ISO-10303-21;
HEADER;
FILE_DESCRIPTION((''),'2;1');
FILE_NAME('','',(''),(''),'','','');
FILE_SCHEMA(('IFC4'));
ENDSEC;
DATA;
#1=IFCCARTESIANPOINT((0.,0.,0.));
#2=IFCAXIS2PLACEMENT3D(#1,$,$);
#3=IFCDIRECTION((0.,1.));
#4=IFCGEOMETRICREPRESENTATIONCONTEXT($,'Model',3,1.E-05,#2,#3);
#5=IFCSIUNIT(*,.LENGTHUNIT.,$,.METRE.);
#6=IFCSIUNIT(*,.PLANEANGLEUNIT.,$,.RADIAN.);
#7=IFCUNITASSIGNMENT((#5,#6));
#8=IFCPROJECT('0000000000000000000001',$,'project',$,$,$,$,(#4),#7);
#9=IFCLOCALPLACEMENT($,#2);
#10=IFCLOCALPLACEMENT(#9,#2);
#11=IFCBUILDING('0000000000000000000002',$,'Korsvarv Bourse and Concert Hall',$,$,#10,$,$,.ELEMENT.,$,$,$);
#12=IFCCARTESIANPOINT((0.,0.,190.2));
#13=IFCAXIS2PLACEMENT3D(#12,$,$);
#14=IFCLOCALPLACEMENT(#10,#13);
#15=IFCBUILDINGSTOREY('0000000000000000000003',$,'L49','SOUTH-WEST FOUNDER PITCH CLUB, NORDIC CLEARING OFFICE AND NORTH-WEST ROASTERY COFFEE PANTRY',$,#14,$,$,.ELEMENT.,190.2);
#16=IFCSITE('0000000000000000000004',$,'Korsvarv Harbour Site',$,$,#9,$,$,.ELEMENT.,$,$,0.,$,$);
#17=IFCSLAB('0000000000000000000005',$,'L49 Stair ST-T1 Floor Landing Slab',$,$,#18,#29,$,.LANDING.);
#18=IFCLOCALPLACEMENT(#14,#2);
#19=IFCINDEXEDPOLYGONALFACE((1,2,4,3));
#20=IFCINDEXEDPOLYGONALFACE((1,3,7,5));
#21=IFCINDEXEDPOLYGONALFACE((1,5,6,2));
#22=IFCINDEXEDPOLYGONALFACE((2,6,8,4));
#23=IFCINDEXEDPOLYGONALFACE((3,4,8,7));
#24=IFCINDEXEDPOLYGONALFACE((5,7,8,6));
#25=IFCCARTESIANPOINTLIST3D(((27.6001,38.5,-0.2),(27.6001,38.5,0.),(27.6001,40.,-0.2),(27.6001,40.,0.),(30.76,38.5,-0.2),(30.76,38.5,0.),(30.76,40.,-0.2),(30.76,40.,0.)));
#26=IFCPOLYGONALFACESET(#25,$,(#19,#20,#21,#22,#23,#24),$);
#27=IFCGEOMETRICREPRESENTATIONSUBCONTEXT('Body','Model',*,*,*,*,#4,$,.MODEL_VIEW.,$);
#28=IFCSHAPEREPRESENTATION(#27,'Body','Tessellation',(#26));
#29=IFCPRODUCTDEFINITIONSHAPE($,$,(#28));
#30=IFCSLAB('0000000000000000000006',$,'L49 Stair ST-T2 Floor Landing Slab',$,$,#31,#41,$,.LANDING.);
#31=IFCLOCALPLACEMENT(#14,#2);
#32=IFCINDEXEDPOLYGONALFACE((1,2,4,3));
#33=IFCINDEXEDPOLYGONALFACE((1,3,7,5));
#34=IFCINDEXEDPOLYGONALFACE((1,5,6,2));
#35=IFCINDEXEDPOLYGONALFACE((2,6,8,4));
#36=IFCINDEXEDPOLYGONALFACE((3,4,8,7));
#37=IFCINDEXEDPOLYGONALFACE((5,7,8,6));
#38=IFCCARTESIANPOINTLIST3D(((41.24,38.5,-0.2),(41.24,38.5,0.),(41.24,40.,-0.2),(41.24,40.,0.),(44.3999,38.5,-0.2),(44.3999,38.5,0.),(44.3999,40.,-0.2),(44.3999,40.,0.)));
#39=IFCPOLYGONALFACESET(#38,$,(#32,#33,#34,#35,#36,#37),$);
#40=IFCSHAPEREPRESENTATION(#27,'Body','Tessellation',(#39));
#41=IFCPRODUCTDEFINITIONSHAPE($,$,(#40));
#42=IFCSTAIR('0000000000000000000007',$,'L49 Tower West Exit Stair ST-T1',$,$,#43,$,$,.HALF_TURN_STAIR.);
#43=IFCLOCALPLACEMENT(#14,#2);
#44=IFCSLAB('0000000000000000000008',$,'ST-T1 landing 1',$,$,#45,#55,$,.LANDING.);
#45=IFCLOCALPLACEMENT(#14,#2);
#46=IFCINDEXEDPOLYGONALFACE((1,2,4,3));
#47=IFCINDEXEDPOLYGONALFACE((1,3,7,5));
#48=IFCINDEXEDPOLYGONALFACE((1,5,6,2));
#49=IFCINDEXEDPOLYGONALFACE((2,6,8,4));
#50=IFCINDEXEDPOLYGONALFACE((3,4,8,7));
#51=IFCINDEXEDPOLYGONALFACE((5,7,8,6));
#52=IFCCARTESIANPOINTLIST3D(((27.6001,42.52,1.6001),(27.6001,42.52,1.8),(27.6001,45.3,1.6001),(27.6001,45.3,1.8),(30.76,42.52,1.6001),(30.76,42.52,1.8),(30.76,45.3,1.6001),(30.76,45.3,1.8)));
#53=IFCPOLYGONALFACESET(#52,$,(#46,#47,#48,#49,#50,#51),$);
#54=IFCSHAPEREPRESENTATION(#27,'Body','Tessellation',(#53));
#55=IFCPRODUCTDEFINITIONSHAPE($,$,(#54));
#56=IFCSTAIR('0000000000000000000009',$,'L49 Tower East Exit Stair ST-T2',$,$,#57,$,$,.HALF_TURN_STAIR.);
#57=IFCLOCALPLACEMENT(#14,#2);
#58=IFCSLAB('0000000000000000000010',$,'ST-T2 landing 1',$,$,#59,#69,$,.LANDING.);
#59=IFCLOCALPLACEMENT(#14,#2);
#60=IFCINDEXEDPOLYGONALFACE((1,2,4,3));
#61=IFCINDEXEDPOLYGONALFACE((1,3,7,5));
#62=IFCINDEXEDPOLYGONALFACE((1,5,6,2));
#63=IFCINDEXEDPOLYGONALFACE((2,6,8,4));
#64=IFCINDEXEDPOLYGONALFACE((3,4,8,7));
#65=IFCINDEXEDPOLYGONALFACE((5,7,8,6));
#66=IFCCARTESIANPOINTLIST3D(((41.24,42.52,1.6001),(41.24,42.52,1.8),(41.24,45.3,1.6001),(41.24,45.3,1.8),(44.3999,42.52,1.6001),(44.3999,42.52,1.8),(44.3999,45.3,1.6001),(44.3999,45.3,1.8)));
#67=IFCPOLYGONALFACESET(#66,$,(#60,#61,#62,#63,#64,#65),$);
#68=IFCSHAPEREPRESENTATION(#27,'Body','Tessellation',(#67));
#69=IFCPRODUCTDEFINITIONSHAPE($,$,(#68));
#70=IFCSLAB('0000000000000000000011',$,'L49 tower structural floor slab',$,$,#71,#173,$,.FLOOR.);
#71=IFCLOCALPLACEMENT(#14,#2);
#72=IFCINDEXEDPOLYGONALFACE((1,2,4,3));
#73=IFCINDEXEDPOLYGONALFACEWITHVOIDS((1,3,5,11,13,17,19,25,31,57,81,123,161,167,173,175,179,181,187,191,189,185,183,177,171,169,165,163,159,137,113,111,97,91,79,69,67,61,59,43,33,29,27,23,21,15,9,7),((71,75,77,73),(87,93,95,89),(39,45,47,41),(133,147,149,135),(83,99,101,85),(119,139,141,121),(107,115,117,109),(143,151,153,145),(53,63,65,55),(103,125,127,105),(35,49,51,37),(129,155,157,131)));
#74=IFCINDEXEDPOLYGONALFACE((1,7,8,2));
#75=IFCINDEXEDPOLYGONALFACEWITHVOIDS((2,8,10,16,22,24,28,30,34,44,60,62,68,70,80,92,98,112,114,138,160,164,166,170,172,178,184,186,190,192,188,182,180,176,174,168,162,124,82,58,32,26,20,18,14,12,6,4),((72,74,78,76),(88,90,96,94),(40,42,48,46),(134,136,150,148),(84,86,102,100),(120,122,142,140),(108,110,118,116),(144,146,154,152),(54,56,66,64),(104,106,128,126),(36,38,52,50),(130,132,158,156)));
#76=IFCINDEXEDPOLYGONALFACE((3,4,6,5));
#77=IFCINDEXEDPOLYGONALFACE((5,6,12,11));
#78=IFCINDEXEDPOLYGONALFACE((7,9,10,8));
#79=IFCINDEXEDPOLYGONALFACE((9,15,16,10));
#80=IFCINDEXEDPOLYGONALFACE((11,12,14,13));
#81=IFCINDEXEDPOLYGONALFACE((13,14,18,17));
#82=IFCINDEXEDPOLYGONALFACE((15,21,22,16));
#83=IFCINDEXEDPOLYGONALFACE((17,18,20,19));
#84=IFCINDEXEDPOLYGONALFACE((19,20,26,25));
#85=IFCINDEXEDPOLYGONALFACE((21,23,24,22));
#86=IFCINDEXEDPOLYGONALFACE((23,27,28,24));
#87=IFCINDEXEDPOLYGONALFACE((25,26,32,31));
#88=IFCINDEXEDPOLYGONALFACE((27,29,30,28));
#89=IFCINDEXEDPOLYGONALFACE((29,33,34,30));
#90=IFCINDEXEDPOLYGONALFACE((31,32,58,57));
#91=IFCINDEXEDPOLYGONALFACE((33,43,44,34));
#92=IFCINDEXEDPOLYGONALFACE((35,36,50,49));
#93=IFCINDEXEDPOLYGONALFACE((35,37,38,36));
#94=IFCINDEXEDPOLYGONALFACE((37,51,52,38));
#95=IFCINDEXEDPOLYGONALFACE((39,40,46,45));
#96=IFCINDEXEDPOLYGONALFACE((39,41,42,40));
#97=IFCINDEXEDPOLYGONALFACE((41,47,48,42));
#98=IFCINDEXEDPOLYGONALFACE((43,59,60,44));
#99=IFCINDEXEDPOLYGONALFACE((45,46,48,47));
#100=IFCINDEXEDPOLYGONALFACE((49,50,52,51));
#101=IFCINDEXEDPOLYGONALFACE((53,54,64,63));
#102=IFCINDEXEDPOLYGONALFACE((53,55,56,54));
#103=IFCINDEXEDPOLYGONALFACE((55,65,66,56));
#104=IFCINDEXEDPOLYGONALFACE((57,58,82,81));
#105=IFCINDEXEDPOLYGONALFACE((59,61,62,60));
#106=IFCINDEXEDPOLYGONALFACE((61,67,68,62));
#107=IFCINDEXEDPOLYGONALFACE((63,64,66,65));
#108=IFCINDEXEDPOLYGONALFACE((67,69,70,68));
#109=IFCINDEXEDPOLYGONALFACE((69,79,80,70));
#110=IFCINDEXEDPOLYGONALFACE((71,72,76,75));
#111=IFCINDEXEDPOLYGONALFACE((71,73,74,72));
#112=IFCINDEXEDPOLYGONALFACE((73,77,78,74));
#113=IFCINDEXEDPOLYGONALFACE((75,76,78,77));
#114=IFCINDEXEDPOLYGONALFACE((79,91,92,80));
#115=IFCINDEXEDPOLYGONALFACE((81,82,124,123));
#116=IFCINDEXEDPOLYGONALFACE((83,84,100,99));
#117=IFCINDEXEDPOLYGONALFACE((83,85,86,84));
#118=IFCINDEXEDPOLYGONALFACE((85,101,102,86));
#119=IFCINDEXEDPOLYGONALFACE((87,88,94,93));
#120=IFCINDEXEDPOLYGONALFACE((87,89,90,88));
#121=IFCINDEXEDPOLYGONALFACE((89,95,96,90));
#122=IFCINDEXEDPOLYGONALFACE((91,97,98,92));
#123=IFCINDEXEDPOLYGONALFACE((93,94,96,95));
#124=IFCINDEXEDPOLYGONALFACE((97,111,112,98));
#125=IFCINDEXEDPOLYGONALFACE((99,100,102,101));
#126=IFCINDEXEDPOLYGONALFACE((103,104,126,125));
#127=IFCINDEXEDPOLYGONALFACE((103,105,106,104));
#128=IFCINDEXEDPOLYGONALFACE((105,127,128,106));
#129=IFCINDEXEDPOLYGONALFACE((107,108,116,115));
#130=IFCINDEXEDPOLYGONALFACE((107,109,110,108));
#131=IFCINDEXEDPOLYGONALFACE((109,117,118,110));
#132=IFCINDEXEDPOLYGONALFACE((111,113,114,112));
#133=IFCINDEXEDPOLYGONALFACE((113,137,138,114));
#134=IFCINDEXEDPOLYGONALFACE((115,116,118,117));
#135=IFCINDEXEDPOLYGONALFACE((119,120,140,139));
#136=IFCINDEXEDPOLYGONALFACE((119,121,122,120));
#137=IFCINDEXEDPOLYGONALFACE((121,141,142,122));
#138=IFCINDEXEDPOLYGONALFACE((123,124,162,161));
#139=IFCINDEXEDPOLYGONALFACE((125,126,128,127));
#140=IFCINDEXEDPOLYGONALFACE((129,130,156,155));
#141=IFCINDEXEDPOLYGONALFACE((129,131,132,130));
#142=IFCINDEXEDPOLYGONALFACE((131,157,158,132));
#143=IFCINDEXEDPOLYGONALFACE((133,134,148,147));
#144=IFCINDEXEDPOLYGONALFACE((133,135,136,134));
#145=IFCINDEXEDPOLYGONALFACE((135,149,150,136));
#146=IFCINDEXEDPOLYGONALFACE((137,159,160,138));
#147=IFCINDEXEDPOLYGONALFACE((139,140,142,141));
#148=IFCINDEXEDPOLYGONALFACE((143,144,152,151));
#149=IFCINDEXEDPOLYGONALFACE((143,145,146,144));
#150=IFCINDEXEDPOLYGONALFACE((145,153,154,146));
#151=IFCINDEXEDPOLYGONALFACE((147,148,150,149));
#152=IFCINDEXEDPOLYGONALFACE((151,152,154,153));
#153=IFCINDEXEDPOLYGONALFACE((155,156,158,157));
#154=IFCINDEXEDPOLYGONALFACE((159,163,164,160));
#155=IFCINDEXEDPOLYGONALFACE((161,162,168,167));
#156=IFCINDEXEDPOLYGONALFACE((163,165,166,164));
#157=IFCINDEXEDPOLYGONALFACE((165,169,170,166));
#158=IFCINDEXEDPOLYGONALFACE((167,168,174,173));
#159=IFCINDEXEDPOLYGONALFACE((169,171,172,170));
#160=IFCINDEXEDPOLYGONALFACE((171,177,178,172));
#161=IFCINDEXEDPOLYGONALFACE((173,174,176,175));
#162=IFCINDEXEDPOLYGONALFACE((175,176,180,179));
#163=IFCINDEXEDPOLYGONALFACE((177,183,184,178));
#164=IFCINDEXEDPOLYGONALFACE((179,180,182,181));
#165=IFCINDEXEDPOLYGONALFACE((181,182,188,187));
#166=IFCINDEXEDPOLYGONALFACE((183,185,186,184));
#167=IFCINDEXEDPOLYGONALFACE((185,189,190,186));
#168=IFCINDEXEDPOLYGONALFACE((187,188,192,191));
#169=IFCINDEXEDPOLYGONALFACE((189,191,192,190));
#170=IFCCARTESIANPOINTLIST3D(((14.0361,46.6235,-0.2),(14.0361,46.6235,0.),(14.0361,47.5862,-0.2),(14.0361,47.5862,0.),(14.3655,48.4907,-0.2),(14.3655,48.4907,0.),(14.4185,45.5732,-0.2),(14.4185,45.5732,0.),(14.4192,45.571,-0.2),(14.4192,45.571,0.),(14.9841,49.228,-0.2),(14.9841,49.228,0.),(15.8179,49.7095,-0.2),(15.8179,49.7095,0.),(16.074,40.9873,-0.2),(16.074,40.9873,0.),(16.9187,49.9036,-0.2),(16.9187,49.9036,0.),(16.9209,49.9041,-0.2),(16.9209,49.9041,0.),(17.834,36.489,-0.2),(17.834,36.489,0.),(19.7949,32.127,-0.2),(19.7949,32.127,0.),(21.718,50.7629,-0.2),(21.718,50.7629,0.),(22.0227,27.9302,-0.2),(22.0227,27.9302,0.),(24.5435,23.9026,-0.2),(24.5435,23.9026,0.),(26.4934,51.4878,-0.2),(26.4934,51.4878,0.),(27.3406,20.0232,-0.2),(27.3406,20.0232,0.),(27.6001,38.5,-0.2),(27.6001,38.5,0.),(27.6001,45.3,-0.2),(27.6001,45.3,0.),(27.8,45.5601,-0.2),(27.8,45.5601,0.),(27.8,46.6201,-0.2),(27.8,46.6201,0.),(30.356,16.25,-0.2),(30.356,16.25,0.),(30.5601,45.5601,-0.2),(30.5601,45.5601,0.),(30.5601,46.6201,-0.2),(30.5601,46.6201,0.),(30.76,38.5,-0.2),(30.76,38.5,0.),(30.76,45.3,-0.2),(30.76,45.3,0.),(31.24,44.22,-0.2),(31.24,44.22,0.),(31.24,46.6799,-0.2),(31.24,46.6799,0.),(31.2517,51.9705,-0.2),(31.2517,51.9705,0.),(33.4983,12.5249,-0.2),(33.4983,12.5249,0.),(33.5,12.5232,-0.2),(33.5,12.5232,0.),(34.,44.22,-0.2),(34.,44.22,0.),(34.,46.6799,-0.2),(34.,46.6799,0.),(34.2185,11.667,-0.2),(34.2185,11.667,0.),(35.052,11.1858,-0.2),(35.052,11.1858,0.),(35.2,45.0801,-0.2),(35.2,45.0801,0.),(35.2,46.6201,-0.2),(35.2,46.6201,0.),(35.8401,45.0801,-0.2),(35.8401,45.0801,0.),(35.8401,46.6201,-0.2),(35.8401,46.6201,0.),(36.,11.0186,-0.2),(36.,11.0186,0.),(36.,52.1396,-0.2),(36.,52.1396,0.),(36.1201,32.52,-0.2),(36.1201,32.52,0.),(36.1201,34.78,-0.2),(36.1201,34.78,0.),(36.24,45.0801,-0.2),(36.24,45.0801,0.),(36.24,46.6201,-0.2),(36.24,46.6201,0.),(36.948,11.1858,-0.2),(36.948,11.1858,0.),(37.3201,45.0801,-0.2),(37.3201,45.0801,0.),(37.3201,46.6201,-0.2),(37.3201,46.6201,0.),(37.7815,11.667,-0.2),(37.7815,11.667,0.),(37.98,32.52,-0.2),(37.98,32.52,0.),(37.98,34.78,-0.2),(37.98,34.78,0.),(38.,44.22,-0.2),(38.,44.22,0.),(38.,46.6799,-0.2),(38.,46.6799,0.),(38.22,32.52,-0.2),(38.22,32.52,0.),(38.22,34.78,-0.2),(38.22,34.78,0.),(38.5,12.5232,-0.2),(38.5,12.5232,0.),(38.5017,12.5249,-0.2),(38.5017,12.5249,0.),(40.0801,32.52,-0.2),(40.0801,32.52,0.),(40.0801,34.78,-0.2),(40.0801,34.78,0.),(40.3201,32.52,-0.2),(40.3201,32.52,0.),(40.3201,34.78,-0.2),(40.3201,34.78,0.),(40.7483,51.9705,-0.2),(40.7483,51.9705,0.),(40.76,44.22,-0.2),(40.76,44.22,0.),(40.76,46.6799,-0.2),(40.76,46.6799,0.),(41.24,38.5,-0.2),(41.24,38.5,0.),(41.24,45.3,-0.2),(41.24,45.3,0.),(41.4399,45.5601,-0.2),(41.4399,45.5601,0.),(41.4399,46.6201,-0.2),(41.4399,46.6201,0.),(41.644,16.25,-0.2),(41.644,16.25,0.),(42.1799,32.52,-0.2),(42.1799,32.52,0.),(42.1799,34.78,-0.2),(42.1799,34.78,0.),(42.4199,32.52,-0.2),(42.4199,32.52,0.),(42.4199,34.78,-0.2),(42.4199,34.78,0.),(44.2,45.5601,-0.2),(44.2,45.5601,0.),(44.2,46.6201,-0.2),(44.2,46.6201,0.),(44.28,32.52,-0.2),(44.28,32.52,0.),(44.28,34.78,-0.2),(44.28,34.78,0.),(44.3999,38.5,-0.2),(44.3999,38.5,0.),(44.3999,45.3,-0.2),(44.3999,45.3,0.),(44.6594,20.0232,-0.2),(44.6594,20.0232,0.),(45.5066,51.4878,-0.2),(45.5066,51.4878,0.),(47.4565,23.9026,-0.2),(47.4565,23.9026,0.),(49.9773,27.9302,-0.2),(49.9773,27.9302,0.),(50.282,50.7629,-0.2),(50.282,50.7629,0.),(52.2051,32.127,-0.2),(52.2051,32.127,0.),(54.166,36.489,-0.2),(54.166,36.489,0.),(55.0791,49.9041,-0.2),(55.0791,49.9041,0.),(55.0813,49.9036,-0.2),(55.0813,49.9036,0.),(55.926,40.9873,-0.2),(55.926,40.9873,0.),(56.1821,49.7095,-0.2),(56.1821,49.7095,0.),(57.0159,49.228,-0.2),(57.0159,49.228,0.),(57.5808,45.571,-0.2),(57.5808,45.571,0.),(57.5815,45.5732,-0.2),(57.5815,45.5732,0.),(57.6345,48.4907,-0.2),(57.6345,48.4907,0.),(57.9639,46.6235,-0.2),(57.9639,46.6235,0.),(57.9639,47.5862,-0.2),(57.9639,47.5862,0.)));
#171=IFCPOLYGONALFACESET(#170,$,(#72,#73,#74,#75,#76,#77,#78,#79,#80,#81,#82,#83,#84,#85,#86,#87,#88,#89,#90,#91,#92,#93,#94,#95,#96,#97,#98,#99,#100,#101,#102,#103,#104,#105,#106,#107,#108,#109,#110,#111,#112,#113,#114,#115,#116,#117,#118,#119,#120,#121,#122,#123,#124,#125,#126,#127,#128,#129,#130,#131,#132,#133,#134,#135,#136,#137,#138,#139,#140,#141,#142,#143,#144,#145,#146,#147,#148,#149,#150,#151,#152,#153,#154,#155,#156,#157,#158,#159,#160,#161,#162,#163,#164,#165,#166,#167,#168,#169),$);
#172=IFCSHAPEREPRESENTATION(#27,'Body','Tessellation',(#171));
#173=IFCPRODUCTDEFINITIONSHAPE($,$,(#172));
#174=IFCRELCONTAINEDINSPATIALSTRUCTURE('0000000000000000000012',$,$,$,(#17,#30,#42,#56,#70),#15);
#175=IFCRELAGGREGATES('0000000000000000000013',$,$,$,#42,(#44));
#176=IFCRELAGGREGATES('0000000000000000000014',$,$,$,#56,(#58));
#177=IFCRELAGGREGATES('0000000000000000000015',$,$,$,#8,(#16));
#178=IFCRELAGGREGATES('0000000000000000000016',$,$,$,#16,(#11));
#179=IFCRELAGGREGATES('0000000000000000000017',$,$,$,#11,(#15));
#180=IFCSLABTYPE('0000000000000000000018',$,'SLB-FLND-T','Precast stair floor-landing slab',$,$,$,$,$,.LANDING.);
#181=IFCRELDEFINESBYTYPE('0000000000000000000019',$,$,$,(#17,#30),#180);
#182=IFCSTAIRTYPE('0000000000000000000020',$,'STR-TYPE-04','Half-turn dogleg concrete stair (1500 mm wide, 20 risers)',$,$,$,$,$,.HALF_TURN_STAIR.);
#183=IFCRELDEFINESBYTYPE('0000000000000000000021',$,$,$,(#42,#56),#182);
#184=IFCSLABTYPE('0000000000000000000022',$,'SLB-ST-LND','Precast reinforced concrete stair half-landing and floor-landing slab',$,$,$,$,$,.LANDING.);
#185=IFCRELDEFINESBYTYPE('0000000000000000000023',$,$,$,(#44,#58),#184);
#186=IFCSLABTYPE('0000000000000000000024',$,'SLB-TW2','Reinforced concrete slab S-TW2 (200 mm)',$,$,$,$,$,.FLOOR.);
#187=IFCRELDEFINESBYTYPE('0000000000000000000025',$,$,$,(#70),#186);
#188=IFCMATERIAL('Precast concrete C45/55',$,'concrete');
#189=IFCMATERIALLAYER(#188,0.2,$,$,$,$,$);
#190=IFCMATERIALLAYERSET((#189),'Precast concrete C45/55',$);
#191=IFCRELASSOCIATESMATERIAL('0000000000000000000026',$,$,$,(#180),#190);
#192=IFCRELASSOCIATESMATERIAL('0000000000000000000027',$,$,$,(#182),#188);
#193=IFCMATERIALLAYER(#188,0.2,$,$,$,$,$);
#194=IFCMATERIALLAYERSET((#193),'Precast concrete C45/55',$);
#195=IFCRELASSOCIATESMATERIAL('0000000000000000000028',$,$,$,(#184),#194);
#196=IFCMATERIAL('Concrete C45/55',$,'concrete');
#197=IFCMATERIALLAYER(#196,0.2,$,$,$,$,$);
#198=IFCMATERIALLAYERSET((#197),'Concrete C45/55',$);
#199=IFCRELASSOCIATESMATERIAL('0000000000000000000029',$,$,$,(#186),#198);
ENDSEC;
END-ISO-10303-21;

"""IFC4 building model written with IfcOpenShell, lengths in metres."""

from ifc_helpers import new_model, si_unit, direction, frame, origin, place, context, subcontext, project, spatial, polyline, outline, extrude, material, layer, layer_set, type_object, element, aggregate, save


model = new_model("IFC4")

# Units and contexts
model_context = context("Model", 3, precision=1e-05, world=origin(), true_north=direction((0.0, 1.0)))
body_context = subcontext(model_context, "Body", "Model", "MODEL_VIEW")
ifc_project = project(units=[si_unit("LENGTHUNIT", "METRE"), si_unit("PLANEANGLEUNIT", "RADIAN")], contexts=[model_context])

# Site, building, storey
site_placement = place(None, origin())
site = spatial("IfcSite", under=ifc_project, at=site_placement, Name="Korsvarv Harbour Site", CompositionType="ELEMENT", RefElevation=0.0)
building_placement = place(site_placement, origin())
building = spatial("IfcBuilding", under=site, at=building_placement, Name="Korsvarv Bourse and Concert Hall", CompositionType="ELEMENT")
storey_placement = place(building_placement, frame((0.0, 0.0, 190.2)))
storey = spatial("IfcBuildingStorey", under=building, at=storey_placement, Name="L49", Description="SOUTH-WEST FOUNDER PITCH CLUB, NORDIC CLEARING OFFICE AND NORTH-WEST ROASTERY COFFEE PANTRY", CompositionType="ELEMENT", Elevation=190.2)

# Slabs
ifc_material_1 = material(Name="Precast concrete C45/55", Category="concrete")
ifc_layer_1 = layer(ifc_material_1, 0.2)
ifc_layer_set_1 = layer_set([ifc_layer_1], Name="Precast concrete C45/55")
slab_type_1 = type_object("IfcSlabType", Name="SLB-FLND-T", Description="Precast stair floor-landing slab", PredefinedType="LANDING", material=ifc_layer_set_1)
slab_1_placement = place(storey_placement, frame((0.0, 0.0, -0.2)))
element("IfcSlab", 1, at=slab_1_placement, inside=storey, type_object=slab_type_1, Name="L49 Stair ST-T1 Floor Landing Slab", PredefinedType="LANDING", context=body_context, shape_type="SweptSolid", body=[
    extrude(outline(polyline([(30.76, 38.5), (30.76, 40.0), (27.6001, 40.0), (27.6001, 38.5), (30.76, 38.5)])), origin(), (0.0, 0.0, 1.0), 0.2),
])
slab_2_placement = place(storey_placement, frame((0.0, 0.0, -0.2)))
element("IfcSlab", 2, at=slab_2_placement, inside=storey, type_object=slab_type_1, Name="L49 Stair ST-T2 Floor Landing Slab", PredefinedType="LANDING", context=body_context, shape_type="SweptSolid", body=[
    extrude(outline(polyline([(44.3999, 38.5), (44.3999, 40.0), (41.24, 40.0), (41.24, 38.5), (44.3999, 38.5)])), origin(), (0.0, 0.0, 1.0), 0.2),
])

# Stairs, slabs
stair_type = type_object("IfcStairType", Name="STR-TYPE-04", Description="Half-turn dogleg concrete stair (1500 mm wide, 20 risers)", PredefinedType="HALF_TURN_STAIR", material=ifc_material_1)
stair_1_placement = place(storey_placement, origin())
stair_1 = element("IfcStair", 3, at=stair_1_placement, inside=storey, type_object=stair_type, Name="L49 Tower West Exit Stair ST-T1", PredefinedType="HALF_TURN_STAIR")
ifc_layer_2 = layer(ifc_material_1, 0.2)
ifc_layer_set_2 = layer_set([ifc_layer_2], Name="Precast concrete C45/55")
slab_type_2 = type_object("IfcSlabType", Name="SLB-ST-LND", Description="Precast reinforced concrete stair half-landing and floor-landing slab", PredefinedType="LANDING", material=ifc_layer_set_2)
slab_3_placement = place(storey_placement, frame((0.0, 0.0, 1.6001)))
slab_3 = element("IfcSlab", 4, at=slab_3_placement, type_object=slab_type_2, Name="ST-T1 landing 1", PredefinedType="LANDING", context=body_context, shape_type="SweptSolid", body=[
    extrude(outline(polyline([(30.76, 42.52), (30.76, 45.3), (27.6001, 45.3), (27.6001, 42.52), (30.76, 42.52)])), origin(), (0.0, 0.0, 1.0), 0.2),
])
aggregate(stair_1, [slab_3])
stair_2_placement = place(storey_placement, origin())
stair_2 = element("IfcStair", 5, at=stair_2_placement, inside=storey, type_object=stair_type, Name="L49 Tower East Exit Stair ST-T2", PredefinedType="HALF_TURN_STAIR")
slab_4_placement = place(storey_placement, frame((0.0, 0.0, 1.6001)))
slab_4 = element("IfcSlab", 6, at=slab_4_placement, type_object=slab_type_2, Name="ST-T2 landing 1", PredefinedType="LANDING", context=body_context, shape_type="SweptSolid", body=[
    extrude(outline(polyline([(44.3999, 42.52), (44.3999, 45.3), (41.24, 45.3), (41.24, 42.52), (44.3999, 42.52)])), origin(), (0.0, 0.0, 1.0), 0.2),
])
aggregate(stair_2, [slab_4])

# Slab
ifc_material_2 = material(Name="Concrete C45/55", Category="concrete")
ifc_layer_3 = layer(ifc_material_2, 0.2)
ifc_layer_set_3 = layer_set([ifc_layer_3], Name="Concrete C45/55")
slab_type_3 = type_object("IfcSlabType", Name="SLB-TW2", Description="Reinforced concrete slab S-TW2 (200 mm)", PredefinedType="FLOOR", material=ifc_layer_set_3)
slab_5_placement = place(storey_placement, frame((0.0, 0.0, -0.2)))
element("IfcSlab", 7, at=slab_5_placement, inside=storey, type_object=slab_type_3, Name="L49 tower structural floor slab", PredefinedType="FLOOR", context=body_context, shape_type="SweptSolid", body=[
    extrude(outline(polyline([(57.5808, 45.571), (55.926, 40.9873), (54.166, 36.489), (52.2051, 32.127), (49.9773, 27.9302), (47.4565, 23.9026), (44.6594, 20.0232), (41.644, 16.25), (38.5017, 12.5249), (38.5, 12.5232), (37.7815, 11.667), (36.948, 11.1858), (36.0, 11.0186), (35.052, 11.1858), (34.2185, 11.667), (33.5, 12.5232), (33.4983, 12.5249), (30.356, 16.25), (27.3406, 20.0232), (24.5435, 23.9026), (22.0227, 27.9302), (19.7949, 32.127), (17.834, 36.489), (16.074, 40.9873), (14.4192, 45.571), (14.4185, 45.5732), (14.0361, 46.6235), (14.0361, 47.5862), (14.3655, 48.4907), (14.9841, 49.228), (15.8179, 49.7095), (16.9187, 49.9036), (16.9209, 49.9041), (21.718, 50.7629), (26.4934, 51.4878), (31.2517, 51.9705), (36.0, 52.1396), (40.7483, 51.9705), (45.5066, 51.4878), (50.282, 50.7629), (55.0791, 49.9041), (55.0813, 49.9036), (56.1821, 49.7095), (57.0159, 49.228), (57.6345, 48.4907), (57.9639, 47.5862), (57.9639, 46.6235), (57.5815, 45.5732), (57.5808, 45.571)]), holes=[polyline([(30.76, 38.5), (30.76, 45.3), (27.6001, 45.3), (27.6001, 38.5), (30.76, 38.5)]), polyline([(44.3999, 38.5), (44.3999, 45.3), (41.24, 45.3), (41.24, 38.5), (44.3999, 38.5)]), polyline([(31.24, 44.22), (34.0, 44.22), (34.0, 46.6799), (31.24, 46.6799), (31.24, 44.22)]), polyline([(38.0, 44.22), (40.76, 44.22), (40.76, 46.6799), (38.0, 46.6799), (38.0, 44.22)]), polyline([(36.1201, 32.52), (37.98, 32.52), (37.98, 34.78), (36.1201, 34.78), (36.1201, 32.52)]), polyline([(38.22, 32.52), (40.0801, 32.52), (40.0801, 34.78), (38.22, 34.78), (38.22, 32.52)]), polyline([(40.3201, 32.52), (42.1799, 32.52), (42.1799, 34.78), (40.3201, 34.78), (40.3201, 32.52)]), polyline([(42.4199, 32.52), (44.28, 32.52), (44.28, 34.78), (42.4199, 34.78), (42.4199, 32.52)]), polyline([(27.8, 45.5601), (30.5601, 45.5601), (30.5601, 46.6201), (27.8, 46.6201), (27.8, 45.5601)]), polyline([(41.4399, 45.5601), (44.2, 45.5601), (44.2, 46.6201), (41.4399, 46.6201), (41.4399, 45.5601)]), polyline([(35.2, 45.0801), (35.8401, 45.0801), (35.8401, 46.6201), (35.2, 46.6201), (35.2, 45.0801)]), polyline([(36.24, 45.0801), (37.3201, 45.0801), (37.3201, 46.6201), (36.24, 46.6201), (36.24, 45.0801)])]), origin(), (0.0, 0.0, 1.0), 0.2),
])

save(model, "model.ifc")
